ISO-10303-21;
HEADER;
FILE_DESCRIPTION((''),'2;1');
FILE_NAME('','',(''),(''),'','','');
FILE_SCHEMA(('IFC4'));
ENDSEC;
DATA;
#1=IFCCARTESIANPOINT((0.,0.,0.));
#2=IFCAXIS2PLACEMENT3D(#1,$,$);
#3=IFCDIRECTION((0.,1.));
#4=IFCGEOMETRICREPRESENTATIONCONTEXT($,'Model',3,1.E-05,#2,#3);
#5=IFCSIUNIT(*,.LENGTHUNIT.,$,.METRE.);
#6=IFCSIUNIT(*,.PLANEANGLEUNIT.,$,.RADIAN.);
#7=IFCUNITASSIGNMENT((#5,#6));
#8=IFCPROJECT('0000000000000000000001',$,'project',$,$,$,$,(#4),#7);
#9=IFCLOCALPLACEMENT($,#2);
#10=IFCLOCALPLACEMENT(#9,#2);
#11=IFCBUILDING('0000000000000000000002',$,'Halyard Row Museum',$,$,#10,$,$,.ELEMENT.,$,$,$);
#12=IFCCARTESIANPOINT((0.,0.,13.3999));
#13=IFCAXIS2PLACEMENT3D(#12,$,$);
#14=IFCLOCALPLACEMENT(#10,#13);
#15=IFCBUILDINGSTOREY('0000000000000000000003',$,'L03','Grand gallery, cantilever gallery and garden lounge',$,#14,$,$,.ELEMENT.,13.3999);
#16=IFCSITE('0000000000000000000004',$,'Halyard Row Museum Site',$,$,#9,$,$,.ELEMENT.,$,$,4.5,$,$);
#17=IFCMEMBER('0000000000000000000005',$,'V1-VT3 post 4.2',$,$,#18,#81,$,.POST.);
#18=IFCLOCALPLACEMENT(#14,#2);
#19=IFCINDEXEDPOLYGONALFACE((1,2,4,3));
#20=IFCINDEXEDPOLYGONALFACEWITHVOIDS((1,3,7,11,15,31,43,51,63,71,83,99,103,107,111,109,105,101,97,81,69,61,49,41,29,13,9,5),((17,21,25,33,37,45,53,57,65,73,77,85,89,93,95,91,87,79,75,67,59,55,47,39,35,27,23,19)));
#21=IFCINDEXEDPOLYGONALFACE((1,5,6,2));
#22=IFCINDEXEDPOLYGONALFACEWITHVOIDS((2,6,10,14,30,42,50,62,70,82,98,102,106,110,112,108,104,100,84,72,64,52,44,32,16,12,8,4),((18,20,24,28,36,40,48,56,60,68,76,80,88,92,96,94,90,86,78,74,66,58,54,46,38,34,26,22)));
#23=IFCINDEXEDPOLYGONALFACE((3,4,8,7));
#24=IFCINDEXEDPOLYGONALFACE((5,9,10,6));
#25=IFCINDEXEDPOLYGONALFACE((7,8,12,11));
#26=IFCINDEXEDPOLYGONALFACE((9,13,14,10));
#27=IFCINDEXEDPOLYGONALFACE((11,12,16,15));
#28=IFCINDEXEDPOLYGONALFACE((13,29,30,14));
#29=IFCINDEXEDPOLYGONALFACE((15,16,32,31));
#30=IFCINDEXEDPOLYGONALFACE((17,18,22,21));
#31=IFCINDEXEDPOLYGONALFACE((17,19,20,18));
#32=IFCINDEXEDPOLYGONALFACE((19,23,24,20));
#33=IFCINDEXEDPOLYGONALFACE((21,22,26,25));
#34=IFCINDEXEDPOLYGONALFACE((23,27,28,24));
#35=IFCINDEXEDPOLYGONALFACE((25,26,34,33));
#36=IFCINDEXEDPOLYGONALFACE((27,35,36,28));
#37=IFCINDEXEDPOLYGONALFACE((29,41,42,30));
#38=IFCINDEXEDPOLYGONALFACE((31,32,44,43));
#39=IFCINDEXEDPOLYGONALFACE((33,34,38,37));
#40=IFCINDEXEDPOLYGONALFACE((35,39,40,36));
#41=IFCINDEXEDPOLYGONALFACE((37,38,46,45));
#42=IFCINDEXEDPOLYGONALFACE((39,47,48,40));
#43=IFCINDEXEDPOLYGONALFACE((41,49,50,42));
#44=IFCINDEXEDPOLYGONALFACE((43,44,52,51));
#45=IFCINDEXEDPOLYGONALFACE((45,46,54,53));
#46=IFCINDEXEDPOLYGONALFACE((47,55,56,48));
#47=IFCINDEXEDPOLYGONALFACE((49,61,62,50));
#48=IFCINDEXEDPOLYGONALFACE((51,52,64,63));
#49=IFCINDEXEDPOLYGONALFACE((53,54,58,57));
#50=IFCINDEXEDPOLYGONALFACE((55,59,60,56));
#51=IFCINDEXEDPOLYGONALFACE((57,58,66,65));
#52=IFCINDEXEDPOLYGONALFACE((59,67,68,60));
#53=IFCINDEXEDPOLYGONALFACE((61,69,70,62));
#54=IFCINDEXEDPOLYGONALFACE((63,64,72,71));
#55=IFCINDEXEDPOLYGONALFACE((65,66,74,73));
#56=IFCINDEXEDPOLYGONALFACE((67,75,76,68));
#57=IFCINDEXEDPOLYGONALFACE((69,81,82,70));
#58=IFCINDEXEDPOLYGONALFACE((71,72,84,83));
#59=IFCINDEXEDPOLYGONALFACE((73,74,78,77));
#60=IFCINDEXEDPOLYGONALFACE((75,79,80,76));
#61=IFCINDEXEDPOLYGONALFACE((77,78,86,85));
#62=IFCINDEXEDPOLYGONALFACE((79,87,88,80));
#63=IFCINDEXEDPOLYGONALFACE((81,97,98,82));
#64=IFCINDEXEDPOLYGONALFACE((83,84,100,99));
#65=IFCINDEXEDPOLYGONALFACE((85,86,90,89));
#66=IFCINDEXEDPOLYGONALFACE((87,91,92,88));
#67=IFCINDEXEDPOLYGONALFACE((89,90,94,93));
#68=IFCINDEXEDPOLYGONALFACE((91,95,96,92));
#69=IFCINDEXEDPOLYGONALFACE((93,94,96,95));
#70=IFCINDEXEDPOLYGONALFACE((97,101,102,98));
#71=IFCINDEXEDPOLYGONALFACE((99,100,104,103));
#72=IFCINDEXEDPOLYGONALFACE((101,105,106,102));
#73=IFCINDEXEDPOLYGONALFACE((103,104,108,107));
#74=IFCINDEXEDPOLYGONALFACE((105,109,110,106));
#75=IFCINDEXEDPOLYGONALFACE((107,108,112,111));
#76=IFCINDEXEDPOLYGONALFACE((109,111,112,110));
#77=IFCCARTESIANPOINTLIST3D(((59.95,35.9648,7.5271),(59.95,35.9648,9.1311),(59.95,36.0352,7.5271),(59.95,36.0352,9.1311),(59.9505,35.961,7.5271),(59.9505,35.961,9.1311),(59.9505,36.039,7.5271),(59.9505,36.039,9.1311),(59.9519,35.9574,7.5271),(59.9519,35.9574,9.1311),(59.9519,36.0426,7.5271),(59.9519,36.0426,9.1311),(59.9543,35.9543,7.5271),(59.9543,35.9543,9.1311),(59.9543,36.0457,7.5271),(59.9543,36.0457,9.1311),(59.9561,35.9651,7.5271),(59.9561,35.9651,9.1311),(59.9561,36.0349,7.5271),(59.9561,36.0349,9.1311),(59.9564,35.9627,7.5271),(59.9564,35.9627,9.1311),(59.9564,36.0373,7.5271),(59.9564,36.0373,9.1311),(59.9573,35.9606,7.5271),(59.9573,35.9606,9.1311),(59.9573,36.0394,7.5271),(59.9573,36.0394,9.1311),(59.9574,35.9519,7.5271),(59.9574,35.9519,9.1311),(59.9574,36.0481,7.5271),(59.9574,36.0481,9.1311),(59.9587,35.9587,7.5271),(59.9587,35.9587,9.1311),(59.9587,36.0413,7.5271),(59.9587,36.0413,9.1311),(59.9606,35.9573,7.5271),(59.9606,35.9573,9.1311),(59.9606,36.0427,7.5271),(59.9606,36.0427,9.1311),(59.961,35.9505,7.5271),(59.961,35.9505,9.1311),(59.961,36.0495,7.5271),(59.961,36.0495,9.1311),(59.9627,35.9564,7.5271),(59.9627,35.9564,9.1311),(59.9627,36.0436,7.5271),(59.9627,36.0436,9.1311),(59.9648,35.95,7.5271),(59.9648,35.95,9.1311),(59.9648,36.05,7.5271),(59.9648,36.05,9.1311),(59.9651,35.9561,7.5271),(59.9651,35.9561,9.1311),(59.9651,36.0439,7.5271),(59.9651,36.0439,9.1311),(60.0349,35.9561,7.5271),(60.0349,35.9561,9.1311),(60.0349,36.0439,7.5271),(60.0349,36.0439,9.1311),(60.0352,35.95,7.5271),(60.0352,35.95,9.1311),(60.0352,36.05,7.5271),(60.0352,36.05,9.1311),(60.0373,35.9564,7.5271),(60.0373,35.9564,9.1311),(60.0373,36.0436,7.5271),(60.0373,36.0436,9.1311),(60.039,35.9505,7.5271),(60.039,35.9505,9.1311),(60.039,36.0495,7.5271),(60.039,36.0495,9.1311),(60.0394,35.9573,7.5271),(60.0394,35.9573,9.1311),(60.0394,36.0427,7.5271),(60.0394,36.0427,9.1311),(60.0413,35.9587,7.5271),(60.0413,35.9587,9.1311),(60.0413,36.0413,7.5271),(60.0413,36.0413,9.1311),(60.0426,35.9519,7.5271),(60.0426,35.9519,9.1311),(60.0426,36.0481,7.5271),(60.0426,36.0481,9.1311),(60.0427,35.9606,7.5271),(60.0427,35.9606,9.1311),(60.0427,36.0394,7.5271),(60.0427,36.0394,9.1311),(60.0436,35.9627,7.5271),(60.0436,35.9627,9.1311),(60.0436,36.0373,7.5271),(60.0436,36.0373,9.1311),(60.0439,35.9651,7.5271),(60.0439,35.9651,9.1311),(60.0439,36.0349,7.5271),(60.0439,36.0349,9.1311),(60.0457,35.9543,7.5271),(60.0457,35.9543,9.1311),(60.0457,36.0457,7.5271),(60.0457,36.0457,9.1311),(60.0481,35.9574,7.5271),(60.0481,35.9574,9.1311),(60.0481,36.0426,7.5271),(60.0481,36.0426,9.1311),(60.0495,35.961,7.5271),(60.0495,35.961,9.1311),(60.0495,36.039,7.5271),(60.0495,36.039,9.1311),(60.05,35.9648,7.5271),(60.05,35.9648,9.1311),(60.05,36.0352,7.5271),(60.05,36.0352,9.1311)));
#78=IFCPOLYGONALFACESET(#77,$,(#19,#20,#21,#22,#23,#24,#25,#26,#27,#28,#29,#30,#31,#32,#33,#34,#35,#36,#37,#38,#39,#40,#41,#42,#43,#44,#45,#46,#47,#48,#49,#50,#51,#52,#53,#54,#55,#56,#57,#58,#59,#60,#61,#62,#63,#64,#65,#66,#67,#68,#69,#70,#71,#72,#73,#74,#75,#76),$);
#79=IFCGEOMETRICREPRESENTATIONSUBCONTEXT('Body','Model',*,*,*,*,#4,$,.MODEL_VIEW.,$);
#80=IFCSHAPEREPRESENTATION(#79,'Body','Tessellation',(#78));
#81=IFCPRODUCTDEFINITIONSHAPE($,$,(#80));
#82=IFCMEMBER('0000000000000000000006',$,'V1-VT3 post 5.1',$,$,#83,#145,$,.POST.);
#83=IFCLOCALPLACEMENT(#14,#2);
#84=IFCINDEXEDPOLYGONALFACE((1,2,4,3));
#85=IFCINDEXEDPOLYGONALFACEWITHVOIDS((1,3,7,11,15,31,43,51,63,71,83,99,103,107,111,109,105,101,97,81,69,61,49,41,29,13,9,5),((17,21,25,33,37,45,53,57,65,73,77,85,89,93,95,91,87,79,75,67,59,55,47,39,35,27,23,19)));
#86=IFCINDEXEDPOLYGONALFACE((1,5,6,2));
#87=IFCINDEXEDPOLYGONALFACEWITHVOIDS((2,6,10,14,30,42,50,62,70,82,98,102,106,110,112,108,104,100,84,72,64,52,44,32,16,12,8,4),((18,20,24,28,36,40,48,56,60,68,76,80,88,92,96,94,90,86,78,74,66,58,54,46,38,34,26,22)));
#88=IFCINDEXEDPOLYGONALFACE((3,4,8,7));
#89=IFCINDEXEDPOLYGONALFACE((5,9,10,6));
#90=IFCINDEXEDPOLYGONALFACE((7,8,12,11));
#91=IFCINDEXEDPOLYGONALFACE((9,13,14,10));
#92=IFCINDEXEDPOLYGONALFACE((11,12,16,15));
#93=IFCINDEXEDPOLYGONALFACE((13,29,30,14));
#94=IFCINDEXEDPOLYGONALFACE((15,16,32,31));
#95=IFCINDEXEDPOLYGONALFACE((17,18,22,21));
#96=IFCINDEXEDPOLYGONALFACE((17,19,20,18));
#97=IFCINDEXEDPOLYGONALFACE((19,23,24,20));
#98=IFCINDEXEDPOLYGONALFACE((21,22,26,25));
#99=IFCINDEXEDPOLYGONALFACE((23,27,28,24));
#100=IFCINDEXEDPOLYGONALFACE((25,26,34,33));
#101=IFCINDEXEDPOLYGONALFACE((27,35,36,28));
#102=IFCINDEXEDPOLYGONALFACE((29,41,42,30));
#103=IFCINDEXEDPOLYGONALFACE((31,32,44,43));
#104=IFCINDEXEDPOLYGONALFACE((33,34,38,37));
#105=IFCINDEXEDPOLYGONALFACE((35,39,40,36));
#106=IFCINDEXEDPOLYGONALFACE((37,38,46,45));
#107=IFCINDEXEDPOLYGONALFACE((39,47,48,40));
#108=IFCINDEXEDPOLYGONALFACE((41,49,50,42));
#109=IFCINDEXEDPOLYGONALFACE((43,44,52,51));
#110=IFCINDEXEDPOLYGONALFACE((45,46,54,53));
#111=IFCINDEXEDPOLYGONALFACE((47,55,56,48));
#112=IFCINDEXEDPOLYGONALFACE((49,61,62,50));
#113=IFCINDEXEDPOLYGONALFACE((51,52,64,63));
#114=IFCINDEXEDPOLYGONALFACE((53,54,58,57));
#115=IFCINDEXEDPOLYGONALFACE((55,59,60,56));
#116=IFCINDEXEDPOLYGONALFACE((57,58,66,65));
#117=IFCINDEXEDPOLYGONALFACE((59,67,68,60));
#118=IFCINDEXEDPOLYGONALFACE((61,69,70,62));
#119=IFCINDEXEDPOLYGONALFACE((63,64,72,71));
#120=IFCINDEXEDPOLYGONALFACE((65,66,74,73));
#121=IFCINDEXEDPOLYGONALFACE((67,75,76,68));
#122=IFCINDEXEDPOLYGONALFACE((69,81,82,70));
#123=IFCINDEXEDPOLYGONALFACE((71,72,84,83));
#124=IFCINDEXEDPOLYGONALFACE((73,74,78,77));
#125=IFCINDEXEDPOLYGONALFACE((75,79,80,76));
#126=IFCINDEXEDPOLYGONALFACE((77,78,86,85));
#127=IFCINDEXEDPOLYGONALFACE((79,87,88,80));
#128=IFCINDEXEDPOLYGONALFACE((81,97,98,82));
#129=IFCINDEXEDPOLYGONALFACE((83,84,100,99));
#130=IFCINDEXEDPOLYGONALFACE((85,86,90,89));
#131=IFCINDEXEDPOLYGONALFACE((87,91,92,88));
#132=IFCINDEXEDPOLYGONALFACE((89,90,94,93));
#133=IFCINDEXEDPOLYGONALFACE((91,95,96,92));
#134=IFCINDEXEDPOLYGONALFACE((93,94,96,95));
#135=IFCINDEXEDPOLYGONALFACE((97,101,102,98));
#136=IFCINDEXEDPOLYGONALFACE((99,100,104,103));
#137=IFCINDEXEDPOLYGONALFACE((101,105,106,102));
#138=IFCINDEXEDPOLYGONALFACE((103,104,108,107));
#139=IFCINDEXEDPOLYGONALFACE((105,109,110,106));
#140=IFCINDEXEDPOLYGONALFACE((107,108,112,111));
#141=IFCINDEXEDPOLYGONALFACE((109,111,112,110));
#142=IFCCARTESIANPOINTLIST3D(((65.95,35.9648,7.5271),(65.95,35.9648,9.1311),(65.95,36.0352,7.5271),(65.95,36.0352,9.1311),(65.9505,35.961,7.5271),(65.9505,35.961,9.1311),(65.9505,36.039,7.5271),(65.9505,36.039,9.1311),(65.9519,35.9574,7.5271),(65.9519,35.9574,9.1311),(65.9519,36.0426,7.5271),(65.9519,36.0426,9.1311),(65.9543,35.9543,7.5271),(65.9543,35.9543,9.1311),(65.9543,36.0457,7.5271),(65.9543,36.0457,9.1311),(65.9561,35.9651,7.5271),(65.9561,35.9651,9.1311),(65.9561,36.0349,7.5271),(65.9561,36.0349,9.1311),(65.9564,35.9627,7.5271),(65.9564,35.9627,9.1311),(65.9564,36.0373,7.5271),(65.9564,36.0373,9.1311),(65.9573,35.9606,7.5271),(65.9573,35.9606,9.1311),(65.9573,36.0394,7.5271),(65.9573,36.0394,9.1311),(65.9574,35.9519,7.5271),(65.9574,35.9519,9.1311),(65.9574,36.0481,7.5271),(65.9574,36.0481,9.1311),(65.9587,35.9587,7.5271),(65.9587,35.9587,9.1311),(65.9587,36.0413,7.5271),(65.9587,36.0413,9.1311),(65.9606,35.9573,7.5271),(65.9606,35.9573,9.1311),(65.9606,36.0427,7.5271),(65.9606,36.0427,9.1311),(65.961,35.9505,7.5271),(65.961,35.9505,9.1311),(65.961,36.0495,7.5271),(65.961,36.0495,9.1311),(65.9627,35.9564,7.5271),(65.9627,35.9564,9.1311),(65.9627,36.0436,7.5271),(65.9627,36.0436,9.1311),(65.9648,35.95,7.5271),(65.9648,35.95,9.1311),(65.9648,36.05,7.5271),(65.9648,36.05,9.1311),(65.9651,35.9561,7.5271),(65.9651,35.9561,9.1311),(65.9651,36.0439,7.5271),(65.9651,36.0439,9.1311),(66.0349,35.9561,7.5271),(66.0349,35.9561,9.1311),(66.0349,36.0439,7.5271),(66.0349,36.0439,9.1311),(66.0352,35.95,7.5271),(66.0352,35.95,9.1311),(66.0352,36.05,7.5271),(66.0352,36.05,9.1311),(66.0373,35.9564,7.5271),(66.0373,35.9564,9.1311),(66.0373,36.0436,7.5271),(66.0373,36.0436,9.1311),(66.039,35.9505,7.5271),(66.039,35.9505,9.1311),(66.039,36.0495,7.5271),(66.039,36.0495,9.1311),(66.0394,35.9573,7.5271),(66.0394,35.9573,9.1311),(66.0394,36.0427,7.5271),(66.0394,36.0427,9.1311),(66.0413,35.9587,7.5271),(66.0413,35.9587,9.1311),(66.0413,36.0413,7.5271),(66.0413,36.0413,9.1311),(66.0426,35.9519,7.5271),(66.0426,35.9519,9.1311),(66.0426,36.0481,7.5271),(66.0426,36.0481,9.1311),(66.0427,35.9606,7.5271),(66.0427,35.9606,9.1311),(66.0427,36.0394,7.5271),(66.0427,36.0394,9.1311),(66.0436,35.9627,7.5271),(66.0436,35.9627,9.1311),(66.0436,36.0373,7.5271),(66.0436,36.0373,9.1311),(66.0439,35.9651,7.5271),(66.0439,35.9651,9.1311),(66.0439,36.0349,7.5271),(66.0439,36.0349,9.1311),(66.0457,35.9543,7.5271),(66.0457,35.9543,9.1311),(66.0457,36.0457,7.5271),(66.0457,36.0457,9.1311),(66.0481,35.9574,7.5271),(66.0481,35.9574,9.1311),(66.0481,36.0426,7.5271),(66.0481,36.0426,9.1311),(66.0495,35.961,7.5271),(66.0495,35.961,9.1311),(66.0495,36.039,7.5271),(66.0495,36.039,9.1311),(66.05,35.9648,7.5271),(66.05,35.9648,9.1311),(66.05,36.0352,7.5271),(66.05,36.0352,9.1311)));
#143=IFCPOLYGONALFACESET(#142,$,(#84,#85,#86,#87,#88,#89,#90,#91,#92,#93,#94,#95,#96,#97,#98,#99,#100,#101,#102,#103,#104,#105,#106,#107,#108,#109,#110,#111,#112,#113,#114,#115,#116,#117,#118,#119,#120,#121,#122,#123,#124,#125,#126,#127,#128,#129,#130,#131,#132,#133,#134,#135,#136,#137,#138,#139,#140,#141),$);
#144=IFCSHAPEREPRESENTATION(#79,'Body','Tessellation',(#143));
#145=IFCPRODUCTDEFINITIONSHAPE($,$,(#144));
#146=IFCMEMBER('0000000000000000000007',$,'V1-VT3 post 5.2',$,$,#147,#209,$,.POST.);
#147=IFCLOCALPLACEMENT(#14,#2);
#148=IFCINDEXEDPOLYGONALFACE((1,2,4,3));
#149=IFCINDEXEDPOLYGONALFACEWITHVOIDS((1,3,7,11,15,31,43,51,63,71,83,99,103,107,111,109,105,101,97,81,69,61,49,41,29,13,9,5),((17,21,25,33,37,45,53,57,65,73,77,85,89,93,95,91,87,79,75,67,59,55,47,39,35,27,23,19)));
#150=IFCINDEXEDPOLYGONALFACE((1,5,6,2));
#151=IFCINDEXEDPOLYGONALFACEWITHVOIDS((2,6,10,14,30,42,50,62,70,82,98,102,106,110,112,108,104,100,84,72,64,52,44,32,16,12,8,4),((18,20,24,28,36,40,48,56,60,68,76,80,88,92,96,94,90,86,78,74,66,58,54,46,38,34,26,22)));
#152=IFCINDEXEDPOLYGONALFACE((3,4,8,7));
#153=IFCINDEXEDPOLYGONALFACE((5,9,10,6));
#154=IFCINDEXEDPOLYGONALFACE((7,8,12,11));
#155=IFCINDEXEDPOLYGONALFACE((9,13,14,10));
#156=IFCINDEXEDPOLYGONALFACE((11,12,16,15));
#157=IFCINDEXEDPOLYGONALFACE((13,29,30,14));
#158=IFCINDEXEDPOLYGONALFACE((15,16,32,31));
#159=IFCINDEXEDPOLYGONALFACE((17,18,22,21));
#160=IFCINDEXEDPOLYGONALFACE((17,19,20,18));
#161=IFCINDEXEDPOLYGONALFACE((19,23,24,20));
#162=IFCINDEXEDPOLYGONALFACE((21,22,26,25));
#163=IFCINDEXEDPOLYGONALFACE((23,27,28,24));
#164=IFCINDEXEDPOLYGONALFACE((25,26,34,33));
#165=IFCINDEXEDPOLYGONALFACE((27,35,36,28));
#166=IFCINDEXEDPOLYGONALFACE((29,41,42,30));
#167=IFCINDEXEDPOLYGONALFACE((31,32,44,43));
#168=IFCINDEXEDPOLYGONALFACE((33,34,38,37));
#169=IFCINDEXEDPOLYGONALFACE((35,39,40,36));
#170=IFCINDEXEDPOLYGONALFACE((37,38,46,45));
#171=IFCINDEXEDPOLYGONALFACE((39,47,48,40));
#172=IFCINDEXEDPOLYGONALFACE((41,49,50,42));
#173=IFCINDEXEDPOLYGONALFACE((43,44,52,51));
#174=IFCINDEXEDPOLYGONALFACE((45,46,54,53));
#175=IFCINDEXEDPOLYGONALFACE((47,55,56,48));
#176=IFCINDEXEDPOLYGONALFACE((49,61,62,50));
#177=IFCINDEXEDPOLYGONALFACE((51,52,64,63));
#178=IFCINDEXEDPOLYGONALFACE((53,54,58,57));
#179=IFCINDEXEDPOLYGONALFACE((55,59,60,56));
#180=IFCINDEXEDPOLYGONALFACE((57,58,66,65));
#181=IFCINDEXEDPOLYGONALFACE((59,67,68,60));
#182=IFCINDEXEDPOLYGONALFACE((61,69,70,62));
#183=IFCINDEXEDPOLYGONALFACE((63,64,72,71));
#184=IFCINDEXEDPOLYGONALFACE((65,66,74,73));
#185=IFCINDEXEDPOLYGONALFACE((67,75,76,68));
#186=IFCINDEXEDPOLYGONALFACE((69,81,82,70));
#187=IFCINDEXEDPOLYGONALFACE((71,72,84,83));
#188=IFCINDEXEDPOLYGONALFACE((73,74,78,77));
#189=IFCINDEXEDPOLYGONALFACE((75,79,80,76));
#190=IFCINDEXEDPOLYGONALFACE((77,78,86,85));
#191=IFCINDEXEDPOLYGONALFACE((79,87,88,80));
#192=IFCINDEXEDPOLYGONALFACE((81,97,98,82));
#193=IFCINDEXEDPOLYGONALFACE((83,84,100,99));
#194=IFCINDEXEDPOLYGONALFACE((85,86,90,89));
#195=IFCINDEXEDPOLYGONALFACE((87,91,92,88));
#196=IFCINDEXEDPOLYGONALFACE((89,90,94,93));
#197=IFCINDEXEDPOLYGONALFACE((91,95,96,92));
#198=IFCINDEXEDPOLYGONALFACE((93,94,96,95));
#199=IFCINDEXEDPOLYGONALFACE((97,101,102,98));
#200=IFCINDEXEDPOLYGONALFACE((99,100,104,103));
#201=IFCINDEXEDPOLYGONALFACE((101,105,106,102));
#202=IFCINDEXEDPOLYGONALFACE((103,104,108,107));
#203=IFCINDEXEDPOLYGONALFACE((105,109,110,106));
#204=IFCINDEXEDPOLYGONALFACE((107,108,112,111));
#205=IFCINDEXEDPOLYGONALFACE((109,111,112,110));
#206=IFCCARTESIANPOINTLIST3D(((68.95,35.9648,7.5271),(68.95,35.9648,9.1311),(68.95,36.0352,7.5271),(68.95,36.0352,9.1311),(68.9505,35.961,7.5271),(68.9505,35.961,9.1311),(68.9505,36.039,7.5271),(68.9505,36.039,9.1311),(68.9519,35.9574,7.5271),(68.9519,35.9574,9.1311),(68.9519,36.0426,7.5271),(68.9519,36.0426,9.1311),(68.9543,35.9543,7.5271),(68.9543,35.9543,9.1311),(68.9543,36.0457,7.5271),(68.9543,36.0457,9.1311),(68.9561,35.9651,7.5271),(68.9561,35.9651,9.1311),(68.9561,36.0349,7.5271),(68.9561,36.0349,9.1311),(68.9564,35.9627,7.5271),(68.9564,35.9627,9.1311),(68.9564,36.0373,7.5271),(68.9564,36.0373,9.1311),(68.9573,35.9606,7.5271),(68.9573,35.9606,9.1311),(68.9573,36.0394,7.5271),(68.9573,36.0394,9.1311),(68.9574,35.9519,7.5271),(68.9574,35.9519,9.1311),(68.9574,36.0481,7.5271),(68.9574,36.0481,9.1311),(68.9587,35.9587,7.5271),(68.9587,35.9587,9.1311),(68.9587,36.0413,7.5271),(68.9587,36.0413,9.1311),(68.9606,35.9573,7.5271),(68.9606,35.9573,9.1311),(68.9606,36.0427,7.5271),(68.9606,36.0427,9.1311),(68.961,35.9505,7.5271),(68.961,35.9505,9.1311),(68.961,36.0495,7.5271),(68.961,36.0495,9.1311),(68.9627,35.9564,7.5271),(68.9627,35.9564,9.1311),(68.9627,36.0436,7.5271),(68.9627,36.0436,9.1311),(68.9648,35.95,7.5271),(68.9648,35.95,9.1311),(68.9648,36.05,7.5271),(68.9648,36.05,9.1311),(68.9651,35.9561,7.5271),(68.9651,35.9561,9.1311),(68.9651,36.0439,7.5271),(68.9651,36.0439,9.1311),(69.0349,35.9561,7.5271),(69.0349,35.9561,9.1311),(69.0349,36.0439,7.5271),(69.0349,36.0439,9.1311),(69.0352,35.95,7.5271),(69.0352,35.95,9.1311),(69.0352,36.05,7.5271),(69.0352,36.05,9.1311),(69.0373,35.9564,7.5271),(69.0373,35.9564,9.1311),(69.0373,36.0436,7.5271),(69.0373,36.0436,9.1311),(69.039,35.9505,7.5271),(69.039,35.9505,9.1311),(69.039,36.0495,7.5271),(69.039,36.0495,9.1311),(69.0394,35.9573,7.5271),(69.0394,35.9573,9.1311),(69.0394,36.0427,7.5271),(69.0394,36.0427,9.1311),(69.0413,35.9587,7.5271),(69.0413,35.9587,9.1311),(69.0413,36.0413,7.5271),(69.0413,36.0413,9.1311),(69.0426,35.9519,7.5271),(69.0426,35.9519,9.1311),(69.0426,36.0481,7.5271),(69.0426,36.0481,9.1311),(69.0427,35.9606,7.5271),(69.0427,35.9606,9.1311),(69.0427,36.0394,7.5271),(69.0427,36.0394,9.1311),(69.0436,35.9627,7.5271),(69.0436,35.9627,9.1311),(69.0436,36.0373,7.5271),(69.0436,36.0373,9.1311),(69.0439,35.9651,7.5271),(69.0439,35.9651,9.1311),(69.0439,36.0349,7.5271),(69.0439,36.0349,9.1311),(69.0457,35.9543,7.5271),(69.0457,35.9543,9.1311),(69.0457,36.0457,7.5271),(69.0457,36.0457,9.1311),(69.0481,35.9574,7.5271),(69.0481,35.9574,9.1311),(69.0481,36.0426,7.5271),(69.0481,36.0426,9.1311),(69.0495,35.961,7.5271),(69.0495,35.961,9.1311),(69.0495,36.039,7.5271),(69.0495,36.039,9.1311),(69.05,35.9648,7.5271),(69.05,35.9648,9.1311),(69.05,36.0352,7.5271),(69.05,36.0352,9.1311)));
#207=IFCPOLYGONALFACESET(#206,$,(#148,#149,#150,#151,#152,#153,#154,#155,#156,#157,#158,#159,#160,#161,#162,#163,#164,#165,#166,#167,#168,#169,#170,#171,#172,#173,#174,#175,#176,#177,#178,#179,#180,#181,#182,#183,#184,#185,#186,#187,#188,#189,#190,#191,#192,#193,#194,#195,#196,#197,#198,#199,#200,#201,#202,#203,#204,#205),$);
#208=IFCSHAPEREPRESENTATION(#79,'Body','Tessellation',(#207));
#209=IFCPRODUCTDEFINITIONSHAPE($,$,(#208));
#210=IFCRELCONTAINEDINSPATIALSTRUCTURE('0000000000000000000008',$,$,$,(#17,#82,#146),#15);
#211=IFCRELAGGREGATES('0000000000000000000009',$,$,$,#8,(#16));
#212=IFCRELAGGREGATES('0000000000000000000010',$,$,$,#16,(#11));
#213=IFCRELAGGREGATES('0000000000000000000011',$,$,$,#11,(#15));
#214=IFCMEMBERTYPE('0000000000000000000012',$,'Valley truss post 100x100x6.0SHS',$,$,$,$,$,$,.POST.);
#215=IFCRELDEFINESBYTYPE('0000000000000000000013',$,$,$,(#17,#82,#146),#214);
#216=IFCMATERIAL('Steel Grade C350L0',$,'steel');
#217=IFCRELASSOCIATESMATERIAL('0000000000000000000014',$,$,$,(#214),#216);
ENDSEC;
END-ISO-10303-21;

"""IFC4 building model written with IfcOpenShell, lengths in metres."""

from ifc_helpers import new_model, si_unit, direction, frame, origin, origin_2d, place, context, subcontext, project, spatial, hollow_rectangle, extrude, material, material_profile, profile_set, type_object, element, save


model = new_model("IFC4")

# Units and contexts
model_context = context("Model", 3, precision=1e-05, world=origin(), true_north=direction((0.0, 1.0)))
body_context = subcontext(model_context, "Body", "Model", "MODEL_VIEW")
ifc_project = project(units=[si_unit("LENGTHUNIT", "METRE"), si_unit("PLANEANGLEUNIT", "RADIAN")], contexts=[model_context])

# Site, building, storey
site_placement = place(None, origin())
site = spatial("IfcSite", under=ifc_project, at=site_placement, Name="Halyard Row Museum Site", CompositionType="ELEMENT", RefElevation=4.5)
building_placement = place(site_placement, origin())
building = spatial("IfcBuilding", under=site, at=building_placement, Name="Halyard Row Museum", CompositionType="ELEMENT")
storey_placement = place(building_placement, frame((0.0, 0.0, 13.3999)))
storey = spatial("IfcBuildingStorey", under=building, at=storey_placement, Name="L03", Description="Grand gallery, cantilever gallery and garden lounge", CompositionType="ELEMENT", Elevation=13.3999)

# Members
ifc_material_1 = material(Name="Steel Grade C350L0", Category="steel")
ifc_material_profile_1 = material_profile(ifc_material_1, hollow_rectangle(XDim=0.1001, YDim=0.1001, WallThickness=0.0061, InnerFilletRadius=0.009, OuterFilletRadius=0.0149, at=origin_2d()), Name="100x100x6.0SHS")
ifc_profile_set_1 = profile_set([ifc_material_profile_1], Name="Steel Grade C350L0")
member_type_1 = type_object("IfcMemberType", Name="Valley truss post 100x100x6.0SHS", PredefinedType="POST", material=ifc_profile_set_1)
for number, where, z_axis, x_axis, name in (
    (1, (60.0, 36.0, 7.5271), (0.0, 0.0, 1.0), (1.0, 0.0, 0.0), "V1-VT3 post 4.2"),
    (2, (66.0, 36.0, 7.5271), (0.0, 0.0, 1.0), (1.0, 0.0, 0.0), "V1-VT3 post 5.1"),
    (3, (69.0, 36.0, 7.5271), (0.0, 0.0, 1.0), (1.0, 0.0, 0.0), "V1-VT3 post 5.2"),
):
    element("IfcMember", number, at=place(storey_placement, frame(where, z_axis=z_axis, x_axis=x_axis)), inside=storey, type_object=member_type_1, Name=name, PredefinedType="POST", context=body_context, shape_type="SweptSolid", body=[
        extrude(hollow_rectangle(XDim=0.1001, YDim=0.1001, WallThickness=0.0061, InnerFilletRadius=0.009, OuterFilletRadius=0.0149, at=origin_2d()), origin(), (0.0, 0.0, 1.0), 1.604),
    ])

save(model, "model.ifc")
